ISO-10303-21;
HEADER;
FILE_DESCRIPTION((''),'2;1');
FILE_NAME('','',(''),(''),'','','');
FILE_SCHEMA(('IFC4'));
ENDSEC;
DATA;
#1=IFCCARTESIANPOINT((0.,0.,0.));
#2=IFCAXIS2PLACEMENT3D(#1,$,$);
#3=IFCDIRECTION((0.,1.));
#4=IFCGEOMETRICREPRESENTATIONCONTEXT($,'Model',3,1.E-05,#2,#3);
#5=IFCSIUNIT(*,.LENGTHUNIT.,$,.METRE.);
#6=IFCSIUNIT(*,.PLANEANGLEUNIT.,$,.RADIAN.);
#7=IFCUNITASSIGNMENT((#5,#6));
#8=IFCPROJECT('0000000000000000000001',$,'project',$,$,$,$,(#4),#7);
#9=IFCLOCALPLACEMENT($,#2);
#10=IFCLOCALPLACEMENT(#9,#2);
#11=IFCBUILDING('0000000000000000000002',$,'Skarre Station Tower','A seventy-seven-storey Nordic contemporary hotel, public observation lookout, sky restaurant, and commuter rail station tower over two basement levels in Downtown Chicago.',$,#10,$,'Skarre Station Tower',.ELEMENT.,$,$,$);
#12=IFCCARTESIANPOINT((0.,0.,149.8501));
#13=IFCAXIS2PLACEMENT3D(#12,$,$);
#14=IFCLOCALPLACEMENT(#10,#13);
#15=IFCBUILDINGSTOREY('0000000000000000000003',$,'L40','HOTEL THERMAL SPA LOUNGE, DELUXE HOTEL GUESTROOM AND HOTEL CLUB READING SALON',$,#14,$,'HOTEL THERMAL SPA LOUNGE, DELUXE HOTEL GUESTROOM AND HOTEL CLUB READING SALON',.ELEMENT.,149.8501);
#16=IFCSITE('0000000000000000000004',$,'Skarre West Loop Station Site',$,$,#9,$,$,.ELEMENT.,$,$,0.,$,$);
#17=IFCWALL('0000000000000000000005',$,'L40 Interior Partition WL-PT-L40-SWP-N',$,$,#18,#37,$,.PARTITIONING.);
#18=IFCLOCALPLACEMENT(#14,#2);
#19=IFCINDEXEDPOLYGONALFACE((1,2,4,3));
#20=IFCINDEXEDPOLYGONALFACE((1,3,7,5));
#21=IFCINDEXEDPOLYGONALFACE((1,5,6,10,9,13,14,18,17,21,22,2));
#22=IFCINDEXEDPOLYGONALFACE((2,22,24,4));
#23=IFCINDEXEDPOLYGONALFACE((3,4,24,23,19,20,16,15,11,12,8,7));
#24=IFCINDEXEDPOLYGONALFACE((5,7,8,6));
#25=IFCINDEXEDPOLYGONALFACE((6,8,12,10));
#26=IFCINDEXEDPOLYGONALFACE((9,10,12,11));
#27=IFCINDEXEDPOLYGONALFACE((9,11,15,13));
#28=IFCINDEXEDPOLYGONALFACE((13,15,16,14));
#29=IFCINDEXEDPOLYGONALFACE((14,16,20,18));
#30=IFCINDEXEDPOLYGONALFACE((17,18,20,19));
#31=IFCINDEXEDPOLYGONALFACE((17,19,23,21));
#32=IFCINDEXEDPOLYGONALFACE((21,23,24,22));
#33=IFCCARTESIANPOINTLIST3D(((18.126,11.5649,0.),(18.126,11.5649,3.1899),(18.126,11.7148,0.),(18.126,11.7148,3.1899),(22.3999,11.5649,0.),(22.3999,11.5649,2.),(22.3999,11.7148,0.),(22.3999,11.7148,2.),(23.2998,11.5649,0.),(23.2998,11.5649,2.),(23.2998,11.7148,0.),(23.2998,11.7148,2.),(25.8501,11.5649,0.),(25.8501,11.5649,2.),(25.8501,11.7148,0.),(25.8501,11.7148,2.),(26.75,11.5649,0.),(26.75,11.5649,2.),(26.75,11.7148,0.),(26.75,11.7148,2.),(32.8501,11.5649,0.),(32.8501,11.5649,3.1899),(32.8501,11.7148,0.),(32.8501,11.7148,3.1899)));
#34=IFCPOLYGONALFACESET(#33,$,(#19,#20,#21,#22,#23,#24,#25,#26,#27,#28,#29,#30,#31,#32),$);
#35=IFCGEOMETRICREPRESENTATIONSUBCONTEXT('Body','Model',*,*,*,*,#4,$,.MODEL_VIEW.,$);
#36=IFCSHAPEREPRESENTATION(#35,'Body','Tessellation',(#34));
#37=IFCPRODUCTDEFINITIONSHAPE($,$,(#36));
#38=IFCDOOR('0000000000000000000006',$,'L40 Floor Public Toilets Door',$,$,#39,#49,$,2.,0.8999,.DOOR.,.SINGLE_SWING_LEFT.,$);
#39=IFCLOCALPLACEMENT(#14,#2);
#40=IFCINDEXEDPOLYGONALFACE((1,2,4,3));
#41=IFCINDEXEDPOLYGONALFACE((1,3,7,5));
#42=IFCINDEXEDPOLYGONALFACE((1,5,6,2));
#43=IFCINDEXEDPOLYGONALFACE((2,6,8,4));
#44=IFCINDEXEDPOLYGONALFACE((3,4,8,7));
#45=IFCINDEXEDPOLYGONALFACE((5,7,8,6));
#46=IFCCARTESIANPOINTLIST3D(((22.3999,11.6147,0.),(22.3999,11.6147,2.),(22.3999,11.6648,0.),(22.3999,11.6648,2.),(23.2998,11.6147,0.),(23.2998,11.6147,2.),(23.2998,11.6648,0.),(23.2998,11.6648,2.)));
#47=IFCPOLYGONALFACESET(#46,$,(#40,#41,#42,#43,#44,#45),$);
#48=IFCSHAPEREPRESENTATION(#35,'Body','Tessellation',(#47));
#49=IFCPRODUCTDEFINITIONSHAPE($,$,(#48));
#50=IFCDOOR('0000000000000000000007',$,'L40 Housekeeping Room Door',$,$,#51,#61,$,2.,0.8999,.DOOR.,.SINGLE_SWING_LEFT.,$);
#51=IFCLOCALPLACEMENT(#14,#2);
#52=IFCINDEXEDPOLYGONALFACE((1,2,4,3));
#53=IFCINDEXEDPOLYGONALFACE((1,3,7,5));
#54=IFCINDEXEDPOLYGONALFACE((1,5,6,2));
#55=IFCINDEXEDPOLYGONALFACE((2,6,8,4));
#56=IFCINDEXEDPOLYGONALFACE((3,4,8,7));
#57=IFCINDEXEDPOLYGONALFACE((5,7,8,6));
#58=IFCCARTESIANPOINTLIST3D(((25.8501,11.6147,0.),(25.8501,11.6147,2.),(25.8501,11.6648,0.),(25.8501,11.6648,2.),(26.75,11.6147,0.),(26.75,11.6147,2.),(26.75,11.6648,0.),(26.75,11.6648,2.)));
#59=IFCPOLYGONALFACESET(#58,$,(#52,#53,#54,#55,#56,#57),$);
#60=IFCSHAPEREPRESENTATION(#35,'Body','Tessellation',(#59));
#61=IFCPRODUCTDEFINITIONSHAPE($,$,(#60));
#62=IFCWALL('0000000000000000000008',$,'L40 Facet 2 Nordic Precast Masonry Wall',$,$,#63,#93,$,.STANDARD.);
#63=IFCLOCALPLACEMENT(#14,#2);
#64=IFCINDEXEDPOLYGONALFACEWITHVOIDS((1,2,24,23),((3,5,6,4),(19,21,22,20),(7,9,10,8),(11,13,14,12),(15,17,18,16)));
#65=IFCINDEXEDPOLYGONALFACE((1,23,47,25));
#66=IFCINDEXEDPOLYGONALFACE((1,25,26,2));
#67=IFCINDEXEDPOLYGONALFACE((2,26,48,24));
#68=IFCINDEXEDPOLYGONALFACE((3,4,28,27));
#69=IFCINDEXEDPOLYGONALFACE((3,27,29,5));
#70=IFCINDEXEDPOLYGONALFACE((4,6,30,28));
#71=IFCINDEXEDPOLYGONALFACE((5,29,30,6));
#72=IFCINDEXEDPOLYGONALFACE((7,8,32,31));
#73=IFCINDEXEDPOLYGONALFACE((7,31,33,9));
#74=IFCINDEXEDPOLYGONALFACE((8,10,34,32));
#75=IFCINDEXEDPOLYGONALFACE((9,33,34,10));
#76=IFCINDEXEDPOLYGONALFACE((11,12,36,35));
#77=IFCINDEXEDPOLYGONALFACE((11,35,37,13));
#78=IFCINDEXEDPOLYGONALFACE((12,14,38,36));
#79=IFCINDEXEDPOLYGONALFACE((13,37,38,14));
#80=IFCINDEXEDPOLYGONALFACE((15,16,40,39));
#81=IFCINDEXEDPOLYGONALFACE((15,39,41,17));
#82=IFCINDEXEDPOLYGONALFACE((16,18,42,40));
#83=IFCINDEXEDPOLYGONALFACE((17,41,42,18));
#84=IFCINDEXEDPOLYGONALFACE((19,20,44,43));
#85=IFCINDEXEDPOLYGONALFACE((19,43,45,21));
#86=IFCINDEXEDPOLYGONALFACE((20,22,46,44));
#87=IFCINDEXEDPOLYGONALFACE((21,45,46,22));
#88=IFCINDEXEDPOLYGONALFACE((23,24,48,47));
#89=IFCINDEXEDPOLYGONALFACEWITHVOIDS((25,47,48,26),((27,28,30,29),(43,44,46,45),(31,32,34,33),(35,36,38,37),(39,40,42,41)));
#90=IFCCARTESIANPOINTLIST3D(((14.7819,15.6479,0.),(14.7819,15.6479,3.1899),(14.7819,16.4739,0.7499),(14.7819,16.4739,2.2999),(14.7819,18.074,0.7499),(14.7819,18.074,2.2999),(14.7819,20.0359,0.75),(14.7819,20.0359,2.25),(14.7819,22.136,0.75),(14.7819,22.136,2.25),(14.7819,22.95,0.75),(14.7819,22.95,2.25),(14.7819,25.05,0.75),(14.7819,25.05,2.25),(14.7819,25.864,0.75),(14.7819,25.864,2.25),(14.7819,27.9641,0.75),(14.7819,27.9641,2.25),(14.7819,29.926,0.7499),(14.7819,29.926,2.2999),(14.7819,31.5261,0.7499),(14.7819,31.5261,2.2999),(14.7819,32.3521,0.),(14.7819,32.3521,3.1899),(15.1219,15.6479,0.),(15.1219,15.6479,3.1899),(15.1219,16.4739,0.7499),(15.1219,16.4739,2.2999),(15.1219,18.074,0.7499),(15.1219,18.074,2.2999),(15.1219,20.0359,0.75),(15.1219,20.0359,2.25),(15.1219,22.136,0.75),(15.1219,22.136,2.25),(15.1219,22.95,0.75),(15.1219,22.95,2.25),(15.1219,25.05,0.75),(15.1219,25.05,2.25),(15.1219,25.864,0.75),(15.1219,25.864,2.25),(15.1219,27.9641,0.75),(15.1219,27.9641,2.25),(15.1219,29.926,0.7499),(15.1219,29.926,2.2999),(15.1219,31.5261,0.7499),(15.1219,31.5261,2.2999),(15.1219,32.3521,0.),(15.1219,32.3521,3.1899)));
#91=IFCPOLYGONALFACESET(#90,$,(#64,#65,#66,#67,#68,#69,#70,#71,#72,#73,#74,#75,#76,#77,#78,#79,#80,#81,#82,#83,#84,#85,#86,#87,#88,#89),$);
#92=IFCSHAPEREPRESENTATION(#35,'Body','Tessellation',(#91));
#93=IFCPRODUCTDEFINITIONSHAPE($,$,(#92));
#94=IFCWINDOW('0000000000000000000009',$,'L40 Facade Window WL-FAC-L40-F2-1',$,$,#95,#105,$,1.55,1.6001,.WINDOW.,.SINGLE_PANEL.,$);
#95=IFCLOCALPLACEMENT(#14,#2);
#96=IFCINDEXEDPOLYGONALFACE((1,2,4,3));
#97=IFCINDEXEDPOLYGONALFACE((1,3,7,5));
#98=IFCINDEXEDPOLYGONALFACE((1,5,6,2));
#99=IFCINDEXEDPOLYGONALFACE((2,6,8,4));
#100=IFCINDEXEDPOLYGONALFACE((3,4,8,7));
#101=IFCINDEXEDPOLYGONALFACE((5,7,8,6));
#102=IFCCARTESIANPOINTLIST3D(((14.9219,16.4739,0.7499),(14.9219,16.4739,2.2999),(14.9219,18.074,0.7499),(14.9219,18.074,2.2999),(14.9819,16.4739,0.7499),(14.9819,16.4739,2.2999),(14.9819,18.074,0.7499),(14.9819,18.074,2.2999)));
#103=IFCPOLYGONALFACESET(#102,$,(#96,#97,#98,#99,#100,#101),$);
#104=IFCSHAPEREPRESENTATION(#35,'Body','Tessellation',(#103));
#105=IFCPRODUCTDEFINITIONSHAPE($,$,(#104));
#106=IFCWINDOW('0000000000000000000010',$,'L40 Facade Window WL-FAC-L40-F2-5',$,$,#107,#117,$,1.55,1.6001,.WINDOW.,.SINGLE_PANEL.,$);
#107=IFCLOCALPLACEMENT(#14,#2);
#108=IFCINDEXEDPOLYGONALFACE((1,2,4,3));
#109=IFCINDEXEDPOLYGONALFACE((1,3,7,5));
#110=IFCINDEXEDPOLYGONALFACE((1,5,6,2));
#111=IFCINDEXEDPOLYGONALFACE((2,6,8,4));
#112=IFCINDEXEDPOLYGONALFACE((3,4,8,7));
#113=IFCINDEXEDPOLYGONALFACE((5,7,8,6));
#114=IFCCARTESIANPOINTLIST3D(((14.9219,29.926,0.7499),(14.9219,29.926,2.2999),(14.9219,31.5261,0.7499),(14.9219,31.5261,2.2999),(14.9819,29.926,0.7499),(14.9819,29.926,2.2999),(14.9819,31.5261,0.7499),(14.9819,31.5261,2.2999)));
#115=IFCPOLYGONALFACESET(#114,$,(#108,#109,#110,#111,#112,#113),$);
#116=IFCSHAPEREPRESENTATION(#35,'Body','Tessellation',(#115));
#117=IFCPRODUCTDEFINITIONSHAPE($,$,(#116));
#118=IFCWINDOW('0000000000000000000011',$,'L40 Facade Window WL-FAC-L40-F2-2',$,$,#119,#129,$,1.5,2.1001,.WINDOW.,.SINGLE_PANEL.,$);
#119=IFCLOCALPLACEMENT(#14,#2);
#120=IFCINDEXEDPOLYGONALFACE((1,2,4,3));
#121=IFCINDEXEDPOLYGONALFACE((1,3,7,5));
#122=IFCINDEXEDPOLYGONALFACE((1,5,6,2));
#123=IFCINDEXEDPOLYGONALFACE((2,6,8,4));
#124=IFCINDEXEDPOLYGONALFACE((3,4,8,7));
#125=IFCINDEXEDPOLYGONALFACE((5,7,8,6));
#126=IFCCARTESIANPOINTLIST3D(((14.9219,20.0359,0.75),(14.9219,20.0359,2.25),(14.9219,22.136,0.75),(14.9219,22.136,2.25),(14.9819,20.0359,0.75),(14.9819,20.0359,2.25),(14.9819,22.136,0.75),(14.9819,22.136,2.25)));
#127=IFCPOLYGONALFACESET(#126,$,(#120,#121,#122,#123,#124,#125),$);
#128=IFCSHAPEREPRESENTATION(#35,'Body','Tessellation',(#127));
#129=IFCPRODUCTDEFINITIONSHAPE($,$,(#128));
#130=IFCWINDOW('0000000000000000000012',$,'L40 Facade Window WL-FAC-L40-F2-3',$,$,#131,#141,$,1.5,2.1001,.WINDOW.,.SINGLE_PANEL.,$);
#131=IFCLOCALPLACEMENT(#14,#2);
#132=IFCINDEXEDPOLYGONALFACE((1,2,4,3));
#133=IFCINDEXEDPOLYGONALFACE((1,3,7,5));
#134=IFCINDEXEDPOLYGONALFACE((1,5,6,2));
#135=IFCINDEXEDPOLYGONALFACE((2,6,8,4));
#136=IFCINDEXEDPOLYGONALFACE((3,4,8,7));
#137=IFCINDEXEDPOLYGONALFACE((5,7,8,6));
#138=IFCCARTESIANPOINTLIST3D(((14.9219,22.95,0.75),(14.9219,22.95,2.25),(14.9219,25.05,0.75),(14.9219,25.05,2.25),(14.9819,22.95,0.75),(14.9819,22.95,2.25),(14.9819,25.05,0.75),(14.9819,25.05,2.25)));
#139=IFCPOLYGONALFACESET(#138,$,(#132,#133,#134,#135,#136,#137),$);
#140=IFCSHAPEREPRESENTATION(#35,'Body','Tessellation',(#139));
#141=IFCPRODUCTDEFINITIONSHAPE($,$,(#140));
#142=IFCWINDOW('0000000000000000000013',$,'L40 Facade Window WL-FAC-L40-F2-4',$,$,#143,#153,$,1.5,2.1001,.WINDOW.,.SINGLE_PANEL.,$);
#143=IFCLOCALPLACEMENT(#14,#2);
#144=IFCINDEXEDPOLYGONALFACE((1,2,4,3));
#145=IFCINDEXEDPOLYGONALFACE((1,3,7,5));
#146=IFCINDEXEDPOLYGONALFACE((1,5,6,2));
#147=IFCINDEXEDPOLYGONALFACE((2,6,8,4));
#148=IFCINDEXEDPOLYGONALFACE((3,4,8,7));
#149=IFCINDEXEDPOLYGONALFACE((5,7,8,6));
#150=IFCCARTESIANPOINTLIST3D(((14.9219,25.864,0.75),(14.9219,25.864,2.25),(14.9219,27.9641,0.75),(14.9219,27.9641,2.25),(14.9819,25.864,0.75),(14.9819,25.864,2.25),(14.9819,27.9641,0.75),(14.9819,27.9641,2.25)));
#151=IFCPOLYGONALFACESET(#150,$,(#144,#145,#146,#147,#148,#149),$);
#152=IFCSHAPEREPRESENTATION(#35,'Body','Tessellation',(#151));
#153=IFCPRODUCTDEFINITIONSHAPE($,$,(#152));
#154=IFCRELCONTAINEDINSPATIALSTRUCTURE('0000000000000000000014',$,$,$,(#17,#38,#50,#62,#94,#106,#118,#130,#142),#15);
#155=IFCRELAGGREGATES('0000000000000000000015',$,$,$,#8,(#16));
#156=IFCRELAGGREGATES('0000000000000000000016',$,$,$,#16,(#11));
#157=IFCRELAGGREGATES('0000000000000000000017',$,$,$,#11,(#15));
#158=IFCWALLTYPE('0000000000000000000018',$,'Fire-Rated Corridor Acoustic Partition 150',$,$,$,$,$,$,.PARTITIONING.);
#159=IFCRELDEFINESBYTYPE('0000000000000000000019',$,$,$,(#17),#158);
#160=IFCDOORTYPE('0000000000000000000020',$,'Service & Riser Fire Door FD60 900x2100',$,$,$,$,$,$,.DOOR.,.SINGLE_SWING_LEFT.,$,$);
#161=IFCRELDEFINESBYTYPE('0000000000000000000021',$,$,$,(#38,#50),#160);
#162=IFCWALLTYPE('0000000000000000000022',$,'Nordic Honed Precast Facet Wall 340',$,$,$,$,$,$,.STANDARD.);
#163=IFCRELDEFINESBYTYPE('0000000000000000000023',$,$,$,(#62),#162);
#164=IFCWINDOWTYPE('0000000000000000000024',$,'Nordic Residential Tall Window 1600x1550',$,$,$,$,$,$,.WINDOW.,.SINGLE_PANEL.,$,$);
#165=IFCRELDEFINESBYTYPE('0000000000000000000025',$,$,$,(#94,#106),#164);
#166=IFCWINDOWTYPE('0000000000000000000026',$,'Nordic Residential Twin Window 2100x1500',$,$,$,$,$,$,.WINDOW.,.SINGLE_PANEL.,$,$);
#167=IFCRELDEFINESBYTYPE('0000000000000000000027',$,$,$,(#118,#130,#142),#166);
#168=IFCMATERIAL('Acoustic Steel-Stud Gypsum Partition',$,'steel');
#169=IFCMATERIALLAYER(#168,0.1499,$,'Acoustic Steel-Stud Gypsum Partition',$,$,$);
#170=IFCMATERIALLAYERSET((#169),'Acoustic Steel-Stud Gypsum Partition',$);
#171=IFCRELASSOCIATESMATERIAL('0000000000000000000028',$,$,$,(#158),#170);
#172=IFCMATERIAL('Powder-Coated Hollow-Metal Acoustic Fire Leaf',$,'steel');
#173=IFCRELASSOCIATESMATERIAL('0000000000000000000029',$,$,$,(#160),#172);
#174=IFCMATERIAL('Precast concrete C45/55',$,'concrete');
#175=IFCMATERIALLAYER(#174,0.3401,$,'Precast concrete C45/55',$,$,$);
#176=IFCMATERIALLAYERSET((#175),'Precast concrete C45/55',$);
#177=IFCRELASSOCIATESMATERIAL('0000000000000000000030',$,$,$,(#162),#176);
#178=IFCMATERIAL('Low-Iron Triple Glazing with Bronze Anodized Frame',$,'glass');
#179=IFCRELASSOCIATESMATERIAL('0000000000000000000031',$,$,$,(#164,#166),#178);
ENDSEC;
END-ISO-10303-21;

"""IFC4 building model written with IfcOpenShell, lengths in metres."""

from ifc_helpers import new_model, si_unit, direction, frame, frame_2d, origin, place, context, subcontext, project, spatial, rectangle, extrude, material, layer, layer_set, type_object, element, fill, save


model = new_model("IFC4")

# Units and contexts
model_context = context("Model", 3, precision=1e-05, world=origin(), true_north=direction((0.0, 1.0)))
body_context = subcontext(model_context, "Body", "Model", "MODEL_VIEW")
ifc_project = project(units=[si_unit("LENGTHUNIT", "METRE"), si_unit("PLANEANGLEUNIT", "RADIAN")], contexts=[model_context])

# Site, building, storey
site_placement = place(None, origin())
site = spatial("IfcSite", under=ifc_project, at=site_placement, Name="Skarre West Loop Station Site", CompositionType="ELEMENT", RefElevation=0.0)
building_placement = place(site_placement, origin())
building = spatial("IfcBuilding", under=site, at=building_placement, Name="Skarre Station Tower", Description="A seventy-seven-storey Nordic contemporary hotel, public observation lookout, sky restaurant, and commuter rail station tower over two basement levels in Downtown Chicago.", LongName="Skarre Station Tower", CompositionType="ELEMENT")
storey_placement = place(building_placement, frame((0.0, 0.0, 149.8501)))
storey = spatial("IfcBuildingStorey", under=building, at=storey_placement, Name="L40", Description="HOTEL THERMAL SPA LOUNGE, DELUXE HOTEL GUESTROOM AND HOTEL CLUB READING SALON", LongName="HOTEL THERMAL SPA LOUNGE, DELUXE HOTEL GUESTROOM AND HOTEL CLUB READING SALON", CompositionType="ELEMENT", Elevation=149.8501)

# Shared definitions
ifc_material_1 = material(Name="Acoustic Steel-Stud Gypsum Partition", Category="steel")
ifc_layer_1 = layer(ifc_material_1, 0.1499, Name="Acoustic Steel-Stud Gypsum Partition")
ifc_layer_set_1 = layer_set([ifc_layer_1], Name="Acoustic Steel-Stud Gypsum Partition")
wall_type_1 = type_object("IfcWallType", Name="Fire-Rated Corridor Acoustic Partition 150", PredefinedType="PARTITIONING", material=ifc_layer_set_1)

# Wall, openings, doors
wall_1_placement = place(storey_placement, frame((18.126, 11.6399, 0.0), z_axis=(0.0, 0.0, 1.0), x_axis=(1.0, 0.0, 0.0)))
wall_1 = element("IfcWall", 1, at=wall_1_placement, inside=storey, type_object=wall_type_1, Name="L40 Interior Partition WL-PT-L40-SWP-N", PredefinedType="PARTITIONING", context=body_context, shape_type="SweptSolid", body=[
    extrude(rectangle(XDim=14.7241, YDim=0.1499, at=frame_2d((7.3621, 0.0))), origin(), (0.0, 0.0, 1.0), 3.1899),
])
opening_1_placement = place(wall_1_placement, frame((4.2739, 0.0, 0.0)))
opening_1 = element("IfcOpeningElement", 2, at=opening_1_placement, cuts=wall_1, PredefinedType="OPENING", context=body_context, shape_type="SweptSolid", body=[
    extrude(rectangle(XDim=0.8999, YDim=2.0, at=frame_2d((0.45, 1.0))), frame((0.0, 0.085, 0.0), z_axis=(0.0, -1.0, 0.0), x_axis=(1.0, 0.0, 0.0)), (0.0, 0.0, 1.0), 0.1699),
])
opening_2_placement = place(wall_1_placement, frame((7.7241, 0.0, 0.0)))
opening_2 = element("IfcOpeningElement", 3, at=opening_2_placement, cuts=wall_1, PredefinedType="OPENING", context=body_context, shape_type="SweptSolid", body=[
    extrude(rectangle(XDim=0.8999, YDim=2.0, at=frame_2d((0.45, 1.0))), frame((0.0, 0.085, 0.0), z_axis=(0.0, -1.0, 0.0), x_axis=(1.0, 0.0, 0.0)), (0.0, 0.0, 1.0), 0.1699),
])
ifc_material_2 = material(Name="Powder-Coated Hollow-Metal Acoustic Fire Leaf", Category="steel")
door_type = type_object("IfcDoorType", Name="Service & Riser Fire Door FD60 900x2100", OperationType="SINGLE_SWING_LEFT", PredefinedType="DOOR", material=ifc_material_2)
door_1_placement = place(opening_1_placement, origin())
door_1 = element("IfcDoor", 4, at=door_1_placement, inside=storey, type_object=door_type, Name="L40 Floor Public Toilets Door", OperationType="SINGLE_SWING_LEFT", OverallHeight=2.0, OverallWidth=0.8999, PredefinedType="DOOR", context=body_context, shape_type="SweptSolid", body=[
    extrude(rectangle(XDim=0.8999, YDim=2.0, at=frame_2d((0.45, 1.0))), frame((0.0, 0.0249, 0.0), z_axis=(0.0, -1.0, 0.0), x_axis=(1.0, 0.0, 0.0)), (0.0, 0.0, 1.0), 0.05),
])
fill(opening_1, door_1)
door_2_placement = place(opening_2_placement, origin())
door_2 = element("IfcDoor", 5, at=door_2_placement, inside=storey, type_object=door_type, Name="L40 Housekeeping Room Door", OperationType="SINGLE_SWING_LEFT", OverallHeight=2.0, OverallWidth=0.8999, PredefinedType="DOOR", context=body_context, shape_type="SweptSolid", body=[
    extrude(rectangle(XDim=0.8999, YDim=2.0, at=frame_2d((0.45, 1.0))), frame((0.0, 0.0249, 0.0), z_axis=(0.0, -1.0, 0.0), x_axis=(1.0, 0.0, 0.0)), (0.0, 0.0, 1.0), 0.05),
])
fill(opening_2, door_2)

# Wall, openings, windows
ifc_material_3 = material(Name="Precast concrete C45/55", Category="concrete")
ifc_layer_2 = layer(ifc_material_3, 0.3401, Name="Precast concrete C45/55")
ifc_layer_set_2 = layer_set([ifc_layer_2], Name="Precast concrete C45/55")
wall_type_2 = type_object("IfcWallType", Name="Nordic Honed Precast Facet Wall 340", PredefinedType="STANDARD", material=ifc_layer_set_2)
wall_2_placement = place(storey_placement, frame((14.9519, 15.6479, 0.0), z_axis=(0.0, 0.0, 1.0), x_axis=(0.0, 1.0, 0.0)))
wall_2 = element("IfcWall", 6, at=wall_2_placement, inside=storey, type_object=wall_type_2, Name="L40 Facet 2 Nordic Precast Masonry Wall", PredefinedType="STANDARD", context=body_context, shape_type="SweptSolid", body=[
    extrude(rectangle(XDim=16.7041, YDim=0.3401, at=frame_2d((8.3521, 0.0))), origin(), (0.0, 0.0, 1.0), 3.1899),
])
opening_3_placement = place(wall_2_placement, frame((0.8259, 0.0, 0.75)))
opening_3 = element("IfcOpeningElement", 7, at=opening_3_placement, cuts=wall_2, PredefinedType="OPENING", context=body_context, shape_type="SweptSolid", body=[
    extrude(rectangle(XDim=1.6001, YDim=1.55, at=frame_2d((0.8, 0.7749))), frame((0.0, 0.1799, 0.0), z_axis=(0.0, -1.0, 0.0), x_axis=(1.0, 0.0, 0.0)), (0.0, 0.0, 1.0), 0.3601),
])
opening_4_placement = place(wall_2_placement, frame((4.3879, 0.0, 0.75)))
opening_4 = element("IfcOpeningElement", 8, at=opening_4_placement, cuts=wall_2, PredefinedType="OPENING", context=body_context, shape_type="SweptSolid", body=[
    extrude(rectangle(XDim=2.1001, YDim=1.5, at=frame_2d((1.05, 0.75))), frame((0.0, 0.1799, 0.0), z_axis=(0.0, -1.0, 0.0), x_axis=(1.0, 0.0, 0.0)), (0.0, 0.0, 1.0), 0.3601),
])
opening_5_placement = place(wall_2_placement, frame((7.302, 0.0, 0.75)))
opening_5 = element("IfcOpeningElement", 9, at=opening_5_placement, cuts=wall_2, PredefinedType="OPENING", context=body_context, shape_type="SweptSolid", body=[
    extrude(rectangle(XDim=2.1001, YDim=1.5, at=frame_2d((1.05, 0.75))), frame((0.0, 0.1799, 0.0), z_axis=(0.0, -1.0, 0.0), x_axis=(1.0, 0.0, 0.0)), (0.0, 0.0, 1.0), 0.3601),
])
opening_6_placement = place(wall_2_placement, frame((10.2161, 0.0, 0.75)))
opening_6 = element("IfcOpeningElement", 10, at=opening_6_placement, cuts=wall_2, PredefinedType="OPENING", context=body_context, shape_type="SweptSolid", body=[
    extrude(rectangle(XDim=2.1001, YDim=1.5, at=frame_2d((1.05, 0.75))), frame((0.0, 0.1799, 0.0), z_axis=(0.0, -1.0, 0.0), x_axis=(1.0, 0.0, 0.0)), (0.0, 0.0, 1.0), 0.3601),
])
opening_7_placement = place(wall_2_placement, frame((14.2781, 0.0, 0.75)))
opening_7 = element("IfcOpeningElement", 11, at=opening_7_placement, cuts=wall_2, PredefinedType="OPENING", context=body_context, shape_type="SweptSolid", body=[
    extrude(rectangle(XDim=1.6001, YDim=1.55, at=frame_2d((0.8, 0.7749))), frame((0.0, 0.1799, 0.0), z_axis=(0.0, -1.0, 0.0), x_axis=(1.0, 0.0, 0.0)), (0.0, 0.0, 1.0), 0.3601),
])
ifc_material_4 = material(Name="Low-Iron Triple Glazing with Bronze Anodized Frame", Category="glass")
window_type_1 = type_object("IfcWindowType", Name="Nordic Residential Tall Window 1600x1550", PartitioningType="SINGLE_PANEL", PredefinedType="WINDOW", material=ifc_material_4)
window_1_placement = place(opening_3_placement, origin())
window_1 = element("IfcWindow", 12, at=window_1_placement, inside=storey, type_object=window_type_1, Name="L40 Facade Window WL-FAC-L40-F2-1", OverallHeight=1.55, OverallWidth=1.6001, PartitioningType="SINGLE_PANEL", PredefinedType="WINDOW", context=body_context, shape_type="SweptSolid", body=[
    extrude(rectangle(XDim=1.6001, YDim=1.55, at=frame_2d((0.8, 0.7749))), frame((0.0, 0.03, 0.0), z_axis=(0.0, -1.0, 0.0), x_axis=(1.0, 0.0, 0.0)), (0.0, 0.0, 1.0), 0.0601),
])
fill(opening_3, window_1)
window_2_placement = place(opening_7_placement, origin())
window_2 = element("IfcWindow", 13, at=window_2_placement, inside=storey, type_object=window_type_1, Name="L40 Facade Window WL-FAC-L40-F2-5", OverallHeight=1.55, OverallWidth=1.6001, PartitioningType="SINGLE_PANEL", PredefinedType="WINDOW", context=body_context, shape_type="SweptSolid", body=[
    extrude(rectangle(XDim=1.6001, YDim=1.55, at=frame_2d((0.8, 0.7749))), frame((0.0, 0.03, 0.0), z_axis=(0.0, -1.0, 0.0), x_axis=(1.0, 0.0, 0.0)), (0.0, 0.0, 1.0), 0.0601),
])
fill(opening_7, window_2)
window_type_2 = type_object("IfcWindowType", Name="Nordic Residential Twin Window 2100x1500", PartitioningType="SINGLE_PANEL", PredefinedType="WINDOW", material=ifc_material_4)
window_3_placement = place(opening_4_placement, origin())
window_3 = element("IfcWindow", 14, at=window_3_placement, inside=storey, type_object=window_type_2, Name="L40 Facade Window WL-FAC-L40-F2-2", OverallHeight=1.5, OverallWidth=2.1001, PartitioningType="SINGLE_PANEL", PredefinedType="WINDOW", context=body_context, shape_type="SweptSolid", body=[
    extrude(rectangle(XDim=2.1001, YDim=1.5, at=frame_2d((1.05, 0.75))), frame((0.0, 0.03, 0.0), z_axis=(0.0, -1.0, 0.0), x_axis=(1.0, 0.0, 0.0)), (0.0, 0.0, 1.0), 0.0601),
])
fill(opening_4, window_3)
window_4_placement = place(opening_5_placement, origin())
window_4 = element("IfcWindow", 15, at=window_4_placement, inside=storey, type_object=window_type_2, Name="L40 Facade Window WL-FAC-L40-F2-3", OverallHeight=1.5, OverallWidth=2.1001, PartitioningType="SINGLE_PANEL", PredefinedType="WINDOW", context=body_context, shape_type="SweptSolid", body=[
    extrude(rectangle(XDim=2.1001, YDim=1.5, at=frame_2d((1.05, 0.75))), frame((0.0, 0.03, 0.0), z_axis=(0.0, -1.0, 0.0), x_axis=(1.0, 0.0, 0.0)), (0.0, 0.0, 1.0), 0.0601),
])
fill(opening_5, window_4)
window_5_placement = place(opening_6_placement, origin())
window_5 = element("IfcWindow", 16, at=window_5_placement, inside=storey, type_object=window_type_2, Name="L40 Facade Window WL-FAC-L40-F2-4", OverallHeight=1.5, OverallWidth=2.1001, PartitioningType="SINGLE_PANEL", PredefinedType="WINDOW", context=body_context, shape_type="SweptSolid", body=[
    extrude(rectangle(XDim=2.1001, YDim=1.5, at=frame_2d((1.05, 0.75))), frame((0.0, 0.03, 0.0), z_axis=(0.0, -1.0, 0.0), x_axis=(1.0, 0.0, 0.0)), (0.0, 0.0, 1.0), 0.0601),
])
fill(opening_6, window_5)

save(model, "model.ifc")
